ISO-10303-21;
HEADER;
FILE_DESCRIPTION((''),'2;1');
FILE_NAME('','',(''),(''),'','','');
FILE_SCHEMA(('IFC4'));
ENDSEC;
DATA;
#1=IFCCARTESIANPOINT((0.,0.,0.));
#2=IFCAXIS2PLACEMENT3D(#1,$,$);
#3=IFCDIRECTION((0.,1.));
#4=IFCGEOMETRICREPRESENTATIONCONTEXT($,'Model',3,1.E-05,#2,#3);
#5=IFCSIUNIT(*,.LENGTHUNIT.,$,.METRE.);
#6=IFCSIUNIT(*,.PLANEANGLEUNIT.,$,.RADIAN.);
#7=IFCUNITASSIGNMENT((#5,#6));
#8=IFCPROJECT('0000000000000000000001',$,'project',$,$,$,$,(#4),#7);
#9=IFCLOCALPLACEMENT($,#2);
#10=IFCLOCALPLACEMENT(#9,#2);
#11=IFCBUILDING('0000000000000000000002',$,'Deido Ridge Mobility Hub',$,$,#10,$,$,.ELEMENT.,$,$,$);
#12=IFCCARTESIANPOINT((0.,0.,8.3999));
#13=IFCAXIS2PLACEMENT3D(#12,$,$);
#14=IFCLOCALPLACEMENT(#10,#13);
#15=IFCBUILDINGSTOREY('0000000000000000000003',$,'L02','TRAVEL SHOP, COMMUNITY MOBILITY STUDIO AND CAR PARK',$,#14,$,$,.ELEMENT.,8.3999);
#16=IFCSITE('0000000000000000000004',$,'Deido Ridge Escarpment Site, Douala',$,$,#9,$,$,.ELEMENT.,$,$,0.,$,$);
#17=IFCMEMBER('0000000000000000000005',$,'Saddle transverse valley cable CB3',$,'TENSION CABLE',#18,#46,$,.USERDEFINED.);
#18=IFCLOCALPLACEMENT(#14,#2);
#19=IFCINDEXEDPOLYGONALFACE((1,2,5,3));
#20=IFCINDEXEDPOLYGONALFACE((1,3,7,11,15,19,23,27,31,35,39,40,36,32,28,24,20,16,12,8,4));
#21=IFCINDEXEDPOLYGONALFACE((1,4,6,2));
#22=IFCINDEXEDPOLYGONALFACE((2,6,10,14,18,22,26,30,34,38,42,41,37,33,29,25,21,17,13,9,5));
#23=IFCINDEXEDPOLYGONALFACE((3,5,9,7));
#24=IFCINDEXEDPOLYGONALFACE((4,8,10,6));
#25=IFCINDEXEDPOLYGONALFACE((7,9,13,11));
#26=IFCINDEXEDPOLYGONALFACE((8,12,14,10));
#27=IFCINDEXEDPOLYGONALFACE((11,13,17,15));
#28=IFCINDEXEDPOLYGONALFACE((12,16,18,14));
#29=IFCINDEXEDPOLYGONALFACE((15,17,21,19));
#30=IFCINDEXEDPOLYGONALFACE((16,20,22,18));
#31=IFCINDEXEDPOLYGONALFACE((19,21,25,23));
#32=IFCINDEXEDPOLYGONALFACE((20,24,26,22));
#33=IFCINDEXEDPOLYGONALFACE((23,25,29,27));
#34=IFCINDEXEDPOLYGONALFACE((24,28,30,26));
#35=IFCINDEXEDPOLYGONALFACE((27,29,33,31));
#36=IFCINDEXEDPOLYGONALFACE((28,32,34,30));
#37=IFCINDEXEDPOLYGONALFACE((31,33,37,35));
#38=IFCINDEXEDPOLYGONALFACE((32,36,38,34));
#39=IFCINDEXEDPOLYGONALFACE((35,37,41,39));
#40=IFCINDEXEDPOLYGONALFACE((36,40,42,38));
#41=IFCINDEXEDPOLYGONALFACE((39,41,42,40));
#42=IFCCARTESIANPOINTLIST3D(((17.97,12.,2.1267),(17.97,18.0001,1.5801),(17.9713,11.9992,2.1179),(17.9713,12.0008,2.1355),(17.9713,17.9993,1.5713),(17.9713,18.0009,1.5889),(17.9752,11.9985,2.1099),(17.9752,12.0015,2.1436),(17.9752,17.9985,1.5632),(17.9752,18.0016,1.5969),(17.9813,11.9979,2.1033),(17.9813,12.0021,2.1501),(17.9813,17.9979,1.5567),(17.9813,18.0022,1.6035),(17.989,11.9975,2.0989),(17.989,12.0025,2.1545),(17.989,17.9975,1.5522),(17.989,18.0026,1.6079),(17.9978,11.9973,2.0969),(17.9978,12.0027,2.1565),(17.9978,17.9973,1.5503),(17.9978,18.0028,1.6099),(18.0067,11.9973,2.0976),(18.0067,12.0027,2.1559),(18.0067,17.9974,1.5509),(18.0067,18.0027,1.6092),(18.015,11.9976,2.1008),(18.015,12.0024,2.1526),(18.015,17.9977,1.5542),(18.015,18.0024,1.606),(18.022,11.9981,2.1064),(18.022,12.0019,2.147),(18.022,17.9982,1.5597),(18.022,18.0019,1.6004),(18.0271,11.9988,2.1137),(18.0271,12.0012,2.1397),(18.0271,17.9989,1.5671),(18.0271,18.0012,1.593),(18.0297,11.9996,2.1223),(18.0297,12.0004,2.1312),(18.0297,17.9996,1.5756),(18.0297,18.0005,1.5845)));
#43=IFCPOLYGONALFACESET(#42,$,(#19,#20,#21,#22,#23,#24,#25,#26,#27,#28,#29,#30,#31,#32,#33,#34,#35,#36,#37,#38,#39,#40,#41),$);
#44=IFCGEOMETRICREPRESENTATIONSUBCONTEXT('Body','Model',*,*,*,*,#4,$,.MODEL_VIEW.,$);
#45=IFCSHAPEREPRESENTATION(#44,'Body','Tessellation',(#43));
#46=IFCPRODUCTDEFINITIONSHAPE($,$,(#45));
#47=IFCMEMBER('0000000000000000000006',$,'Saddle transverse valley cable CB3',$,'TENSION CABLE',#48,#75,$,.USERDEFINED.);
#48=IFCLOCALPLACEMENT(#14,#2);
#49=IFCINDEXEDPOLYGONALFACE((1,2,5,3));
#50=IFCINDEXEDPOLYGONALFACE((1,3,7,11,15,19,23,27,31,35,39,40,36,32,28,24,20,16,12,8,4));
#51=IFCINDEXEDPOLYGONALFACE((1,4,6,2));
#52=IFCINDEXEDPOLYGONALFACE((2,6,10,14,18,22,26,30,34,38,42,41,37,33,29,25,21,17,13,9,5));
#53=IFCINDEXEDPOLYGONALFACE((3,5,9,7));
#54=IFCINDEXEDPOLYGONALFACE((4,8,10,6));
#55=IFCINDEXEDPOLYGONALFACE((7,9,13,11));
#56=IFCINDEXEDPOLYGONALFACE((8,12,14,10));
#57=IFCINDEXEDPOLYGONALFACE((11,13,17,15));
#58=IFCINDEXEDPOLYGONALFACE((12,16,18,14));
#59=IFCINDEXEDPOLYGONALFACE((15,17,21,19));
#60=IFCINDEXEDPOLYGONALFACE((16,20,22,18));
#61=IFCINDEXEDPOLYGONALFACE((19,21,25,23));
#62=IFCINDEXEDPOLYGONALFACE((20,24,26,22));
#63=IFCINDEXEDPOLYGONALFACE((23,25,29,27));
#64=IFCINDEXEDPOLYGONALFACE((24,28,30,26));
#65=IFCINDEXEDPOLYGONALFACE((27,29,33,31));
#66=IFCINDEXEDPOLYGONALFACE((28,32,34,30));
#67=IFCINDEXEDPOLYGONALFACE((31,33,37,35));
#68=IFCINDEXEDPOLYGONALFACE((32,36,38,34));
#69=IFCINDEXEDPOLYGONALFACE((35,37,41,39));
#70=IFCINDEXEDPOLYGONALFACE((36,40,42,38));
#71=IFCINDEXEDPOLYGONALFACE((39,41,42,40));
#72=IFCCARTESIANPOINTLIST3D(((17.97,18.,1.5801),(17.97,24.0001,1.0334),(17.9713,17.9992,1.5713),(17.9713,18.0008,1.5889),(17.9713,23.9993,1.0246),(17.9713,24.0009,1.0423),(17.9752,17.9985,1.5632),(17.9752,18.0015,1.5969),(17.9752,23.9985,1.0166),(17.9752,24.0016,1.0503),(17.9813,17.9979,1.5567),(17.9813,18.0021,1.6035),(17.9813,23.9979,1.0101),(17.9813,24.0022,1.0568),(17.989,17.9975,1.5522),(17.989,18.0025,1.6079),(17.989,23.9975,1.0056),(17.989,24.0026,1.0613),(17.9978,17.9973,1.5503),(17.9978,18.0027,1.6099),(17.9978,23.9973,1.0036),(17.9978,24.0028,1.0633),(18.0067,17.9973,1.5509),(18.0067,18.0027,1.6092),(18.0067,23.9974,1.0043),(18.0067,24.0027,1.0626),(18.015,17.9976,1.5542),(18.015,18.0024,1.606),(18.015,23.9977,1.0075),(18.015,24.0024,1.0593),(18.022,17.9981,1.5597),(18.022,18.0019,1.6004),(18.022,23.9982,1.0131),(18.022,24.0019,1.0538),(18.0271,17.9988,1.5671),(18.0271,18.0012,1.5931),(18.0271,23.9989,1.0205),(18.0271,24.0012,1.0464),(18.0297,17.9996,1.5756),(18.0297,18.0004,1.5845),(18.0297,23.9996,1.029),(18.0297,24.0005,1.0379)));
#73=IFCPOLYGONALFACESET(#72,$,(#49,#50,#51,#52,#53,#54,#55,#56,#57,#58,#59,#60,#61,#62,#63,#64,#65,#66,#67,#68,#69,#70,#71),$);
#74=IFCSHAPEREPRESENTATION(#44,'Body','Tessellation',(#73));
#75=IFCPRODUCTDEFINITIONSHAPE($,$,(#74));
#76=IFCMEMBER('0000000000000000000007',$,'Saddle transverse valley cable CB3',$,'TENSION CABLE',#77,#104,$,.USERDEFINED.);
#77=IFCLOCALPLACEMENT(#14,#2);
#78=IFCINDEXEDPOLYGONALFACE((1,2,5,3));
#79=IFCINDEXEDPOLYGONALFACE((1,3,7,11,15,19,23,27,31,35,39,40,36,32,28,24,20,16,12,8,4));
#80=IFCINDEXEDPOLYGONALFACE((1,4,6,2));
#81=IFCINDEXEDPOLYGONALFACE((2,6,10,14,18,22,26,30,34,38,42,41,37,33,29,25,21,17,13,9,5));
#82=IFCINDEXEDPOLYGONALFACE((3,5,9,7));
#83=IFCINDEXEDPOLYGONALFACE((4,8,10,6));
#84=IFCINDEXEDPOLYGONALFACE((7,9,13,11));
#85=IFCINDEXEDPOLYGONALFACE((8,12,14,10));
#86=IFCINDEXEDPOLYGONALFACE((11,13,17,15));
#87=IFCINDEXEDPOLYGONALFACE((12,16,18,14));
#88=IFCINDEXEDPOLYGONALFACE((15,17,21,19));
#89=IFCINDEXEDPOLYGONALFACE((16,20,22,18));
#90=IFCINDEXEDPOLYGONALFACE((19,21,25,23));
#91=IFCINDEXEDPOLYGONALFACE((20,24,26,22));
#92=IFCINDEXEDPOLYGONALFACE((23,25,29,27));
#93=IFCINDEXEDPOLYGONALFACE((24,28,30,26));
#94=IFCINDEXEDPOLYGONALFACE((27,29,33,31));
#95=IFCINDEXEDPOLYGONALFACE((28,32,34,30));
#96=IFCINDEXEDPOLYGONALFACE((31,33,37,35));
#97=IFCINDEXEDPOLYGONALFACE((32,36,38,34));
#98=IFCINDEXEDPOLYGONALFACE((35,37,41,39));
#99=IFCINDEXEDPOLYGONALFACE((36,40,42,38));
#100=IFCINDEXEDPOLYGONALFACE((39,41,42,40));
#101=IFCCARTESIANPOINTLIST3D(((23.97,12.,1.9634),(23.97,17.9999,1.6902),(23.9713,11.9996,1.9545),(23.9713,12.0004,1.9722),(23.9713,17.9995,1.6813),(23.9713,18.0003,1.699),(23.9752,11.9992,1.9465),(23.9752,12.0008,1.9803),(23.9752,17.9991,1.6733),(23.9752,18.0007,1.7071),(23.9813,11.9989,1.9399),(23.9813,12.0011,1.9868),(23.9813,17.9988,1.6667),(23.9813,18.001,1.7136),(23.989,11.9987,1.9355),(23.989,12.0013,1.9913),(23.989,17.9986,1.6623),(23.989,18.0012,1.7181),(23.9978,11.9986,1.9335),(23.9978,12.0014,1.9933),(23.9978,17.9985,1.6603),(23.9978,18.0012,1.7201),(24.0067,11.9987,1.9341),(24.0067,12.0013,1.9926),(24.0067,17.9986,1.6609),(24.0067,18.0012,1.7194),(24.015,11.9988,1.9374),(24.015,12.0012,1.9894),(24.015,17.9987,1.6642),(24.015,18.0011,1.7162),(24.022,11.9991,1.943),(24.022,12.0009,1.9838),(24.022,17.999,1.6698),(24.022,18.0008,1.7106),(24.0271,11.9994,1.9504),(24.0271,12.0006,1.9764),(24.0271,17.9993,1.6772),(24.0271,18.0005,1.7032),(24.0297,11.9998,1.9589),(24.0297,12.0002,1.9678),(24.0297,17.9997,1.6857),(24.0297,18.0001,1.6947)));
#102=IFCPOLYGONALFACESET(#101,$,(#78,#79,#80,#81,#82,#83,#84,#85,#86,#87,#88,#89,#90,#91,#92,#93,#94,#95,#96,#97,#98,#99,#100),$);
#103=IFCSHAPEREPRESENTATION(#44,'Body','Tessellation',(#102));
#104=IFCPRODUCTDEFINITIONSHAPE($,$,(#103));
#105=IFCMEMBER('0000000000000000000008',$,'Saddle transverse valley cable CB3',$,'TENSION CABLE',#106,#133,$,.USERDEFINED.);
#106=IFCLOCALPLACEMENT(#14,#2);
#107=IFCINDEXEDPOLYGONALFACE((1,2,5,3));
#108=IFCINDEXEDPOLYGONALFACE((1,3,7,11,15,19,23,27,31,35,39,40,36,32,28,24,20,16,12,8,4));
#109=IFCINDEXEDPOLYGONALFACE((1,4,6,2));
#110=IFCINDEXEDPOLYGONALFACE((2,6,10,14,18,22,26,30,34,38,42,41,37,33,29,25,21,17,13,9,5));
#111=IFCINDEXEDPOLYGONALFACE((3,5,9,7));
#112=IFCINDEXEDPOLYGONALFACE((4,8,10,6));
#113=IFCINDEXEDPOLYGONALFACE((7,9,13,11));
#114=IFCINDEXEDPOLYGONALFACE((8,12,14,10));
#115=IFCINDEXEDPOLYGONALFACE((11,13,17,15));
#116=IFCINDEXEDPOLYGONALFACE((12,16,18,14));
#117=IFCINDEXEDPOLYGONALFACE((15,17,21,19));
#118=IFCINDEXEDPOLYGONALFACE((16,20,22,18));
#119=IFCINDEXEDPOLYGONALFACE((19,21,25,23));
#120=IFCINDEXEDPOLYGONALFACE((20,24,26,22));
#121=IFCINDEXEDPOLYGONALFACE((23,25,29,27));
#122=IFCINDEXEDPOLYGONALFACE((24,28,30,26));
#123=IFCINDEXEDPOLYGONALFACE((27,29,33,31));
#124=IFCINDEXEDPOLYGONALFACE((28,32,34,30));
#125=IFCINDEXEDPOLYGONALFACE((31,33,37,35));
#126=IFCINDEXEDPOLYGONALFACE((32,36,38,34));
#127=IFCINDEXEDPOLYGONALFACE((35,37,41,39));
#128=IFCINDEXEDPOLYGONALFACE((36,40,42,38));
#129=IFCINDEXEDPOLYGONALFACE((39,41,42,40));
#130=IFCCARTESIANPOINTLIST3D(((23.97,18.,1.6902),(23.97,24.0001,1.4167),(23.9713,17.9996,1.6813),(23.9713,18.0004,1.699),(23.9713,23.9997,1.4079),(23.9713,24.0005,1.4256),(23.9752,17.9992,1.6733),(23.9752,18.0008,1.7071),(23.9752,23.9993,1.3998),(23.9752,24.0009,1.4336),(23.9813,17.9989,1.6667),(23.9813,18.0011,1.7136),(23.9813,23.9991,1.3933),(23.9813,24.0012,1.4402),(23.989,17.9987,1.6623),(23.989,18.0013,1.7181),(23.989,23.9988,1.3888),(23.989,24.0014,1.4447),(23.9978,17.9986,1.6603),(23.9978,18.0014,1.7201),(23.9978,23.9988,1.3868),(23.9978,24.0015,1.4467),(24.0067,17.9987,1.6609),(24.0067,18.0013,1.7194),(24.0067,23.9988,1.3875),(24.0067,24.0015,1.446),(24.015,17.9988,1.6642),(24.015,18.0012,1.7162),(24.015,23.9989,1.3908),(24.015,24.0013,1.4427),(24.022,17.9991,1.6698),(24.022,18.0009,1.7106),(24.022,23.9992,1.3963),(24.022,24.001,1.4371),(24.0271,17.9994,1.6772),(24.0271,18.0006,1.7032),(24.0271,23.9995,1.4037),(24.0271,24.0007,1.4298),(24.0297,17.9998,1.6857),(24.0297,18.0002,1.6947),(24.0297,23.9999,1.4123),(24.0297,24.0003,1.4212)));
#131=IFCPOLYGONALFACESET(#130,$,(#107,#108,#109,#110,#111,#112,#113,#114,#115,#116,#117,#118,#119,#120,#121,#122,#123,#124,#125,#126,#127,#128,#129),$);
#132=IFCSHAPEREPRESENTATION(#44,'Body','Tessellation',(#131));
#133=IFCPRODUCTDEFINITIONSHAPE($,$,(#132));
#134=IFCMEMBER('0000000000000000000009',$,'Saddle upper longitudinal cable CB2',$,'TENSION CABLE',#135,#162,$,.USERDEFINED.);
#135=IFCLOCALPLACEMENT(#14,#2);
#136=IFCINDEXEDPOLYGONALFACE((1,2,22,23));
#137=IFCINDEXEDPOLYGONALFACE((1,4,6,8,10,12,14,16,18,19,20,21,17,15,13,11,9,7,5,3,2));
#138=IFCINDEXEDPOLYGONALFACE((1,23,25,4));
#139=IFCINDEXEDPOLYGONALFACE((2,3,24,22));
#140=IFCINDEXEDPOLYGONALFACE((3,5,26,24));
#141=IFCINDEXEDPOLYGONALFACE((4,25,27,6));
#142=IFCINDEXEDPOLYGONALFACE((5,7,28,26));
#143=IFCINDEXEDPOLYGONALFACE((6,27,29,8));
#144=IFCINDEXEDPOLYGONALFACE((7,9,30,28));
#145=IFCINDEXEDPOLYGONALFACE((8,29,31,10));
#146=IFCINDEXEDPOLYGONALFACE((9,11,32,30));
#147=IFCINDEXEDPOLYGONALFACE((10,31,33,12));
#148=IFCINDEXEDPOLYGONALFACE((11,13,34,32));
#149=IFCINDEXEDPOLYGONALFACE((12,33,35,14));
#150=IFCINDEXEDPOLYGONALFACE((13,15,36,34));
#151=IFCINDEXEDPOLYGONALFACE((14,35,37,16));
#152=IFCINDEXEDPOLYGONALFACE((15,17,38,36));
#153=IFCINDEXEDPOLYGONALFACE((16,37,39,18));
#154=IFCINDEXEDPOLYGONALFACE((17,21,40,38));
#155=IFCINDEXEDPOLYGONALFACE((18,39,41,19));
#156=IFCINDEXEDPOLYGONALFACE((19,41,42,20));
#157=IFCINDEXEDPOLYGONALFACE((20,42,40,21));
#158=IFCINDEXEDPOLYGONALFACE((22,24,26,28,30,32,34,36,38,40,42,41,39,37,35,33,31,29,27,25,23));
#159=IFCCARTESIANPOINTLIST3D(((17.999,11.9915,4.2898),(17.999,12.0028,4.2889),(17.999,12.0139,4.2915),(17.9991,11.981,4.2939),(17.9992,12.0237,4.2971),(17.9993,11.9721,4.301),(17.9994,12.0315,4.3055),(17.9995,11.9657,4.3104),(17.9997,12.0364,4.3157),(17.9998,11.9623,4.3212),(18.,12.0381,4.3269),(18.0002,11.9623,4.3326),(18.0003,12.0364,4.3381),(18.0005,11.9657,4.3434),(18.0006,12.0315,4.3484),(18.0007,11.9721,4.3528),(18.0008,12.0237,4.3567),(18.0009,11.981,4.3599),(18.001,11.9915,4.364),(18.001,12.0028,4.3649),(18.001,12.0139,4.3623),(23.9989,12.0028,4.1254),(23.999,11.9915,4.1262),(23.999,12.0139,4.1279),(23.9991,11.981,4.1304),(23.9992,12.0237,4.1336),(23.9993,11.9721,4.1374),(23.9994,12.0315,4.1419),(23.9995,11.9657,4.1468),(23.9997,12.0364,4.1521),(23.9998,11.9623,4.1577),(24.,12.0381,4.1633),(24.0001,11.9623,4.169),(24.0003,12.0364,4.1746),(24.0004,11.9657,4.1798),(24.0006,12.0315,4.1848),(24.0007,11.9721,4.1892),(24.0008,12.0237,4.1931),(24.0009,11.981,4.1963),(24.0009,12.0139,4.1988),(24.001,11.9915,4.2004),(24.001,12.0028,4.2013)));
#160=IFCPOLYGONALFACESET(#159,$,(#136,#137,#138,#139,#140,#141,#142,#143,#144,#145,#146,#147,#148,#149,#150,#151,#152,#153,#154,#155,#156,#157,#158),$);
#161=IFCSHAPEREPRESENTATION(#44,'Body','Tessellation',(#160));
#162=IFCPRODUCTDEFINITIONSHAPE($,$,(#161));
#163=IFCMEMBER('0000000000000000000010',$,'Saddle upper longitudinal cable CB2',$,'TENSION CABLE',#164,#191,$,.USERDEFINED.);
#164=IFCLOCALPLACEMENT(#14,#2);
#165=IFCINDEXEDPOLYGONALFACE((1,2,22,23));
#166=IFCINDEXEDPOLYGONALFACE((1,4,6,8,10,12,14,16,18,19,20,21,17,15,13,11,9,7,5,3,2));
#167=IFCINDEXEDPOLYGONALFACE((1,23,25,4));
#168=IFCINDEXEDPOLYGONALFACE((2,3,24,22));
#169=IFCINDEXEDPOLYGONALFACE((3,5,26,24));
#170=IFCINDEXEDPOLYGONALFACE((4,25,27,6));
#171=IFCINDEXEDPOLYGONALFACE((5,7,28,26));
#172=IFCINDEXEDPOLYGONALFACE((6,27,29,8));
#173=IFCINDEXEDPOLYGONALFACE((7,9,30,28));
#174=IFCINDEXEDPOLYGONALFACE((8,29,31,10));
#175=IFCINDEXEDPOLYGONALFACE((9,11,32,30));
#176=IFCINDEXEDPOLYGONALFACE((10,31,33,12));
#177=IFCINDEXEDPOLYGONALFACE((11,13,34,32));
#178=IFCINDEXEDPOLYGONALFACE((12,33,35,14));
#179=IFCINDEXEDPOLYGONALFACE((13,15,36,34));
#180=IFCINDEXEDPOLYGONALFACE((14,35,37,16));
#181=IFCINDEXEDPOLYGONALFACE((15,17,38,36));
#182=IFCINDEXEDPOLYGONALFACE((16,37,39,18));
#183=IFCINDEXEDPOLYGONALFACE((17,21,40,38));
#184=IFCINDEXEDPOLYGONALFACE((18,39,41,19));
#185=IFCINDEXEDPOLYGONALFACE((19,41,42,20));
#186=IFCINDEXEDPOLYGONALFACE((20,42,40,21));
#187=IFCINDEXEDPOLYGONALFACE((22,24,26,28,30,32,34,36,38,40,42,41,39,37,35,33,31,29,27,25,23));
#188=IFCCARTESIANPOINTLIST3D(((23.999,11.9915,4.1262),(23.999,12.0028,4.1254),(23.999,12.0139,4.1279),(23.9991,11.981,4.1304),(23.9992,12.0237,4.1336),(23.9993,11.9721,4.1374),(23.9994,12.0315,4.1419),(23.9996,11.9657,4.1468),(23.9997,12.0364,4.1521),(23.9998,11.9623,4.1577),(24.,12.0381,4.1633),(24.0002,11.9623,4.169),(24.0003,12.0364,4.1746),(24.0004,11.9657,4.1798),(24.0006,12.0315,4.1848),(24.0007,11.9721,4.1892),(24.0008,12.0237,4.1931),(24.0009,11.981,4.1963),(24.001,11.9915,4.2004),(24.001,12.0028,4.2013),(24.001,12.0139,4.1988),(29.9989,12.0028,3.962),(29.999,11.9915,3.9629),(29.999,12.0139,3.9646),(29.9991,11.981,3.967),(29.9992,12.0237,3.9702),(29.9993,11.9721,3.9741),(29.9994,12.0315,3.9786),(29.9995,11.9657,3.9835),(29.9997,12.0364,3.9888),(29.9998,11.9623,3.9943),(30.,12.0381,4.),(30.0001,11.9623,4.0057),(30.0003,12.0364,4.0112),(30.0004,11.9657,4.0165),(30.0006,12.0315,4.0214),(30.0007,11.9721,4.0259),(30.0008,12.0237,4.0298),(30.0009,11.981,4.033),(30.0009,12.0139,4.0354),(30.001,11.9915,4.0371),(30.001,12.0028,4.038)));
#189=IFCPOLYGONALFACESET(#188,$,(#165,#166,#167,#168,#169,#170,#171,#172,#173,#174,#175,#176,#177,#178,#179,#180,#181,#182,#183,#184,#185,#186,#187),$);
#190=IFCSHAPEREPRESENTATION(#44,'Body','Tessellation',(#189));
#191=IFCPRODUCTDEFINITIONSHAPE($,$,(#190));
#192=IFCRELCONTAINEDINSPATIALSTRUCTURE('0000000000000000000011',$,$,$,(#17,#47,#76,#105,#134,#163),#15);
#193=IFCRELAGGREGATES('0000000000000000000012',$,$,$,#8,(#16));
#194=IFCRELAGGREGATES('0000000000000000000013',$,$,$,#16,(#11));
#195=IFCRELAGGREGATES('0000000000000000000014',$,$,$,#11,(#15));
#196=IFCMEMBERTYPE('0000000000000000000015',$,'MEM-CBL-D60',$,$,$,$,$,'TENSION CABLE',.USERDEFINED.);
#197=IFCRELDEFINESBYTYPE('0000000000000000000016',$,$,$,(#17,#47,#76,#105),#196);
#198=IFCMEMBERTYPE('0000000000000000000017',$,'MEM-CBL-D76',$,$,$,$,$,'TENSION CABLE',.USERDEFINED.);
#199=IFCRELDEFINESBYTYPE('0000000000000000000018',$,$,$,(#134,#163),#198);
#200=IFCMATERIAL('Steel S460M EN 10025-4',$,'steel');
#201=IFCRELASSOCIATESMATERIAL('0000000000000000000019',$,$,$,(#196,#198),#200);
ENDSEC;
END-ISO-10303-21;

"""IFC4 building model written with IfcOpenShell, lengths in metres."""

from ifc_helpers import new_model, si_unit, direction, frame, origin, origin_2d, place, context, subcontext, project, spatial, circle, extrude, material, material_profile, profile_set, type_object, element, save


model = new_model("IFC4")

# Units and contexts
model_context = context("Model", 3, precision=1e-05, world=origin(), true_north=direction((0.0, 1.0)))
body_context = subcontext(model_context, "Body", "Model", "MODEL_VIEW")
ifc_project = project(units=[si_unit("LENGTHUNIT", "METRE"), si_unit("PLANEANGLEUNIT", "RADIAN")], contexts=[model_context])

# Site, building, storey
site_placement = place(None, origin())
site = spatial("IfcSite", under=ifc_project, at=site_placement, Name="Deido Ridge Escarpment Site, Douala", CompositionType="ELEMENT", RefElevation=0.0)
building_placement = place(site_placement, origin())
building = spatial("IfcBuilding", under=site, at=building_placement, Name="Deido Ridge Mobility Hub", CompositionType="ELEMENT")
storey_placement = place(building_placement, frame((0.0, 0.0, 8.3999)))
storey = spatial("IfcBuildingStorey", under=building, at=storey_placement, Name="L02", Description="TRAVEL SHOP, COMMUNITY MOBILITY STUDIO AND CAR PARK", CompositionType="ELEMENT", Elevation=8.3999)

# Members
ifc_material_1 = material(Name="Steel S460M EN 10025-4", Category="steel")
ifc_material_profile_1 = material_profile(ifc_material_1, circle(Radius=0.03, at=origin_2d()), Name="CABLE D60")
ifc_profile_set_1 = profile_set([ifc_material_profile_1], Name="Steel S460M EN 10025-4")
member_type_1 = type_object("IfcMemberType", Name="MEM-CBL-D60", ElementType="TENSION CABLE", PredefinedType="USERDEFINED", material=ifc_profile_set_1)
for number, where, z_axis, x_axis, name in (
    (1, (18.0, 12.0, 2.1267), (0.0, 0.995876, -0.090729), (-1.0, 0.0, 0.0), "Saddle transverse valley cable CB3"),
    (2, (18.0, 18.0, 1.5801), (0.0, 0.995876, -0.090729), (-1.0, 0.0, 0.0), "Saddle transverse valley cable CB3"),
):
    element("IfcMember", number, at=place(storey_placement, frame(where, z_axis=z_axis, x_axis=x_axis)), inside=storey, type_object=member_type_1, Name=name, ObjectType="TENSION CABLE", PredefinedType="USERDEFINED", context=body_context, shape_type="SweptSolid", body=[
        extrude(circle(Radius=0.03, at=origin_2d()), origin(), (0.0, 0.0, 1.0), 6.0249),
    ])
member_1_placement = place(storey_placement, frame((24.0, 12.0, 1.9634), z_axis=(0.0, 0.998965, -0.045485), x_axis=(-1.0, 0.0, 0.0)))
element("IfcMember", 3, at=member_1_placement, inside=storey, type_object=member_type_1, Name="Saddle transverse valley cable CB3", ObjectType="TENSION CABLE", PredefinedType="USERDEFINED", context=body_context, shape_type="SweptSolid", body=[
    extrude(circle(Radius=0.03, at=origin_2d()), origin(), (0.0, 0.0, 1.0), 6.0061),
])
member_2_placement = place(storey_placement, frame((24.0, 18.0, 1.6902), z_axis=(0.0, 0.998963, -0.045526), x_axis=(-1.0, 0.0, 0.0)))
element("IfcMember", 4, at=member_2_placement, inside=storey, type_object=member_type_1, Name="Saddle transverse valley cable CB3", ObjectType="TENSION CABLE", PredefinedType="USERDEFINED", context=body_context, shape_type="SweptSolid", body=[
    extrude(circle(Radius=0.03, at=origin_2d()), origin(), (0.0, 0.0, 1.0), 6.0063),
])
ifc_material_profile_2 = material_profile(ifc_material_1, circle(Radius=0.0381, at=origin_2d()), Name="CABLE D76")
ifc_profile_set_2 = profile_set([ifc_material_profile_2], Name="Steel S460M EN 10025-4")
member_type_2 = type_object("IfcMemberType", Name="MEM-CBL-D76", ElementType="TENSION CABLE", PredefinedType="USERDEFINED", material=ifc_profile_set_2)
for number, where, z_axis, x_axis, name in (
    (5, (18.0, 12.0, 4.3269), (0.999629, 0.0, -0.027252), (0.0, 1.0, 0.0), "Saddle upper longitudinal cable CB2"),
    (6, (24.0, 12.0, 4.1633), (0.99963, 0.0, -0.027212), (0.0, 1.0, 0.0), "Saddle upper longitudinal cable CB2"),
):
    element("IfcMember", number, at=place(storey_placement, frame(where, z_axis=z_axis, x_axis=x_axis)), inside=storey, type_object=member_type_2, Name=name, ObjectType="TENSION CABLE", PredefinedType="USERDEFINED", context=body_context, shape_type="SweptSolid", body=[
        extrude(circle(Radius=0.0381, at=origin_2d()), origin(), (0.0, 0.0, 1.0), 6.0022),
    ])

save(model, "model.ifc")
